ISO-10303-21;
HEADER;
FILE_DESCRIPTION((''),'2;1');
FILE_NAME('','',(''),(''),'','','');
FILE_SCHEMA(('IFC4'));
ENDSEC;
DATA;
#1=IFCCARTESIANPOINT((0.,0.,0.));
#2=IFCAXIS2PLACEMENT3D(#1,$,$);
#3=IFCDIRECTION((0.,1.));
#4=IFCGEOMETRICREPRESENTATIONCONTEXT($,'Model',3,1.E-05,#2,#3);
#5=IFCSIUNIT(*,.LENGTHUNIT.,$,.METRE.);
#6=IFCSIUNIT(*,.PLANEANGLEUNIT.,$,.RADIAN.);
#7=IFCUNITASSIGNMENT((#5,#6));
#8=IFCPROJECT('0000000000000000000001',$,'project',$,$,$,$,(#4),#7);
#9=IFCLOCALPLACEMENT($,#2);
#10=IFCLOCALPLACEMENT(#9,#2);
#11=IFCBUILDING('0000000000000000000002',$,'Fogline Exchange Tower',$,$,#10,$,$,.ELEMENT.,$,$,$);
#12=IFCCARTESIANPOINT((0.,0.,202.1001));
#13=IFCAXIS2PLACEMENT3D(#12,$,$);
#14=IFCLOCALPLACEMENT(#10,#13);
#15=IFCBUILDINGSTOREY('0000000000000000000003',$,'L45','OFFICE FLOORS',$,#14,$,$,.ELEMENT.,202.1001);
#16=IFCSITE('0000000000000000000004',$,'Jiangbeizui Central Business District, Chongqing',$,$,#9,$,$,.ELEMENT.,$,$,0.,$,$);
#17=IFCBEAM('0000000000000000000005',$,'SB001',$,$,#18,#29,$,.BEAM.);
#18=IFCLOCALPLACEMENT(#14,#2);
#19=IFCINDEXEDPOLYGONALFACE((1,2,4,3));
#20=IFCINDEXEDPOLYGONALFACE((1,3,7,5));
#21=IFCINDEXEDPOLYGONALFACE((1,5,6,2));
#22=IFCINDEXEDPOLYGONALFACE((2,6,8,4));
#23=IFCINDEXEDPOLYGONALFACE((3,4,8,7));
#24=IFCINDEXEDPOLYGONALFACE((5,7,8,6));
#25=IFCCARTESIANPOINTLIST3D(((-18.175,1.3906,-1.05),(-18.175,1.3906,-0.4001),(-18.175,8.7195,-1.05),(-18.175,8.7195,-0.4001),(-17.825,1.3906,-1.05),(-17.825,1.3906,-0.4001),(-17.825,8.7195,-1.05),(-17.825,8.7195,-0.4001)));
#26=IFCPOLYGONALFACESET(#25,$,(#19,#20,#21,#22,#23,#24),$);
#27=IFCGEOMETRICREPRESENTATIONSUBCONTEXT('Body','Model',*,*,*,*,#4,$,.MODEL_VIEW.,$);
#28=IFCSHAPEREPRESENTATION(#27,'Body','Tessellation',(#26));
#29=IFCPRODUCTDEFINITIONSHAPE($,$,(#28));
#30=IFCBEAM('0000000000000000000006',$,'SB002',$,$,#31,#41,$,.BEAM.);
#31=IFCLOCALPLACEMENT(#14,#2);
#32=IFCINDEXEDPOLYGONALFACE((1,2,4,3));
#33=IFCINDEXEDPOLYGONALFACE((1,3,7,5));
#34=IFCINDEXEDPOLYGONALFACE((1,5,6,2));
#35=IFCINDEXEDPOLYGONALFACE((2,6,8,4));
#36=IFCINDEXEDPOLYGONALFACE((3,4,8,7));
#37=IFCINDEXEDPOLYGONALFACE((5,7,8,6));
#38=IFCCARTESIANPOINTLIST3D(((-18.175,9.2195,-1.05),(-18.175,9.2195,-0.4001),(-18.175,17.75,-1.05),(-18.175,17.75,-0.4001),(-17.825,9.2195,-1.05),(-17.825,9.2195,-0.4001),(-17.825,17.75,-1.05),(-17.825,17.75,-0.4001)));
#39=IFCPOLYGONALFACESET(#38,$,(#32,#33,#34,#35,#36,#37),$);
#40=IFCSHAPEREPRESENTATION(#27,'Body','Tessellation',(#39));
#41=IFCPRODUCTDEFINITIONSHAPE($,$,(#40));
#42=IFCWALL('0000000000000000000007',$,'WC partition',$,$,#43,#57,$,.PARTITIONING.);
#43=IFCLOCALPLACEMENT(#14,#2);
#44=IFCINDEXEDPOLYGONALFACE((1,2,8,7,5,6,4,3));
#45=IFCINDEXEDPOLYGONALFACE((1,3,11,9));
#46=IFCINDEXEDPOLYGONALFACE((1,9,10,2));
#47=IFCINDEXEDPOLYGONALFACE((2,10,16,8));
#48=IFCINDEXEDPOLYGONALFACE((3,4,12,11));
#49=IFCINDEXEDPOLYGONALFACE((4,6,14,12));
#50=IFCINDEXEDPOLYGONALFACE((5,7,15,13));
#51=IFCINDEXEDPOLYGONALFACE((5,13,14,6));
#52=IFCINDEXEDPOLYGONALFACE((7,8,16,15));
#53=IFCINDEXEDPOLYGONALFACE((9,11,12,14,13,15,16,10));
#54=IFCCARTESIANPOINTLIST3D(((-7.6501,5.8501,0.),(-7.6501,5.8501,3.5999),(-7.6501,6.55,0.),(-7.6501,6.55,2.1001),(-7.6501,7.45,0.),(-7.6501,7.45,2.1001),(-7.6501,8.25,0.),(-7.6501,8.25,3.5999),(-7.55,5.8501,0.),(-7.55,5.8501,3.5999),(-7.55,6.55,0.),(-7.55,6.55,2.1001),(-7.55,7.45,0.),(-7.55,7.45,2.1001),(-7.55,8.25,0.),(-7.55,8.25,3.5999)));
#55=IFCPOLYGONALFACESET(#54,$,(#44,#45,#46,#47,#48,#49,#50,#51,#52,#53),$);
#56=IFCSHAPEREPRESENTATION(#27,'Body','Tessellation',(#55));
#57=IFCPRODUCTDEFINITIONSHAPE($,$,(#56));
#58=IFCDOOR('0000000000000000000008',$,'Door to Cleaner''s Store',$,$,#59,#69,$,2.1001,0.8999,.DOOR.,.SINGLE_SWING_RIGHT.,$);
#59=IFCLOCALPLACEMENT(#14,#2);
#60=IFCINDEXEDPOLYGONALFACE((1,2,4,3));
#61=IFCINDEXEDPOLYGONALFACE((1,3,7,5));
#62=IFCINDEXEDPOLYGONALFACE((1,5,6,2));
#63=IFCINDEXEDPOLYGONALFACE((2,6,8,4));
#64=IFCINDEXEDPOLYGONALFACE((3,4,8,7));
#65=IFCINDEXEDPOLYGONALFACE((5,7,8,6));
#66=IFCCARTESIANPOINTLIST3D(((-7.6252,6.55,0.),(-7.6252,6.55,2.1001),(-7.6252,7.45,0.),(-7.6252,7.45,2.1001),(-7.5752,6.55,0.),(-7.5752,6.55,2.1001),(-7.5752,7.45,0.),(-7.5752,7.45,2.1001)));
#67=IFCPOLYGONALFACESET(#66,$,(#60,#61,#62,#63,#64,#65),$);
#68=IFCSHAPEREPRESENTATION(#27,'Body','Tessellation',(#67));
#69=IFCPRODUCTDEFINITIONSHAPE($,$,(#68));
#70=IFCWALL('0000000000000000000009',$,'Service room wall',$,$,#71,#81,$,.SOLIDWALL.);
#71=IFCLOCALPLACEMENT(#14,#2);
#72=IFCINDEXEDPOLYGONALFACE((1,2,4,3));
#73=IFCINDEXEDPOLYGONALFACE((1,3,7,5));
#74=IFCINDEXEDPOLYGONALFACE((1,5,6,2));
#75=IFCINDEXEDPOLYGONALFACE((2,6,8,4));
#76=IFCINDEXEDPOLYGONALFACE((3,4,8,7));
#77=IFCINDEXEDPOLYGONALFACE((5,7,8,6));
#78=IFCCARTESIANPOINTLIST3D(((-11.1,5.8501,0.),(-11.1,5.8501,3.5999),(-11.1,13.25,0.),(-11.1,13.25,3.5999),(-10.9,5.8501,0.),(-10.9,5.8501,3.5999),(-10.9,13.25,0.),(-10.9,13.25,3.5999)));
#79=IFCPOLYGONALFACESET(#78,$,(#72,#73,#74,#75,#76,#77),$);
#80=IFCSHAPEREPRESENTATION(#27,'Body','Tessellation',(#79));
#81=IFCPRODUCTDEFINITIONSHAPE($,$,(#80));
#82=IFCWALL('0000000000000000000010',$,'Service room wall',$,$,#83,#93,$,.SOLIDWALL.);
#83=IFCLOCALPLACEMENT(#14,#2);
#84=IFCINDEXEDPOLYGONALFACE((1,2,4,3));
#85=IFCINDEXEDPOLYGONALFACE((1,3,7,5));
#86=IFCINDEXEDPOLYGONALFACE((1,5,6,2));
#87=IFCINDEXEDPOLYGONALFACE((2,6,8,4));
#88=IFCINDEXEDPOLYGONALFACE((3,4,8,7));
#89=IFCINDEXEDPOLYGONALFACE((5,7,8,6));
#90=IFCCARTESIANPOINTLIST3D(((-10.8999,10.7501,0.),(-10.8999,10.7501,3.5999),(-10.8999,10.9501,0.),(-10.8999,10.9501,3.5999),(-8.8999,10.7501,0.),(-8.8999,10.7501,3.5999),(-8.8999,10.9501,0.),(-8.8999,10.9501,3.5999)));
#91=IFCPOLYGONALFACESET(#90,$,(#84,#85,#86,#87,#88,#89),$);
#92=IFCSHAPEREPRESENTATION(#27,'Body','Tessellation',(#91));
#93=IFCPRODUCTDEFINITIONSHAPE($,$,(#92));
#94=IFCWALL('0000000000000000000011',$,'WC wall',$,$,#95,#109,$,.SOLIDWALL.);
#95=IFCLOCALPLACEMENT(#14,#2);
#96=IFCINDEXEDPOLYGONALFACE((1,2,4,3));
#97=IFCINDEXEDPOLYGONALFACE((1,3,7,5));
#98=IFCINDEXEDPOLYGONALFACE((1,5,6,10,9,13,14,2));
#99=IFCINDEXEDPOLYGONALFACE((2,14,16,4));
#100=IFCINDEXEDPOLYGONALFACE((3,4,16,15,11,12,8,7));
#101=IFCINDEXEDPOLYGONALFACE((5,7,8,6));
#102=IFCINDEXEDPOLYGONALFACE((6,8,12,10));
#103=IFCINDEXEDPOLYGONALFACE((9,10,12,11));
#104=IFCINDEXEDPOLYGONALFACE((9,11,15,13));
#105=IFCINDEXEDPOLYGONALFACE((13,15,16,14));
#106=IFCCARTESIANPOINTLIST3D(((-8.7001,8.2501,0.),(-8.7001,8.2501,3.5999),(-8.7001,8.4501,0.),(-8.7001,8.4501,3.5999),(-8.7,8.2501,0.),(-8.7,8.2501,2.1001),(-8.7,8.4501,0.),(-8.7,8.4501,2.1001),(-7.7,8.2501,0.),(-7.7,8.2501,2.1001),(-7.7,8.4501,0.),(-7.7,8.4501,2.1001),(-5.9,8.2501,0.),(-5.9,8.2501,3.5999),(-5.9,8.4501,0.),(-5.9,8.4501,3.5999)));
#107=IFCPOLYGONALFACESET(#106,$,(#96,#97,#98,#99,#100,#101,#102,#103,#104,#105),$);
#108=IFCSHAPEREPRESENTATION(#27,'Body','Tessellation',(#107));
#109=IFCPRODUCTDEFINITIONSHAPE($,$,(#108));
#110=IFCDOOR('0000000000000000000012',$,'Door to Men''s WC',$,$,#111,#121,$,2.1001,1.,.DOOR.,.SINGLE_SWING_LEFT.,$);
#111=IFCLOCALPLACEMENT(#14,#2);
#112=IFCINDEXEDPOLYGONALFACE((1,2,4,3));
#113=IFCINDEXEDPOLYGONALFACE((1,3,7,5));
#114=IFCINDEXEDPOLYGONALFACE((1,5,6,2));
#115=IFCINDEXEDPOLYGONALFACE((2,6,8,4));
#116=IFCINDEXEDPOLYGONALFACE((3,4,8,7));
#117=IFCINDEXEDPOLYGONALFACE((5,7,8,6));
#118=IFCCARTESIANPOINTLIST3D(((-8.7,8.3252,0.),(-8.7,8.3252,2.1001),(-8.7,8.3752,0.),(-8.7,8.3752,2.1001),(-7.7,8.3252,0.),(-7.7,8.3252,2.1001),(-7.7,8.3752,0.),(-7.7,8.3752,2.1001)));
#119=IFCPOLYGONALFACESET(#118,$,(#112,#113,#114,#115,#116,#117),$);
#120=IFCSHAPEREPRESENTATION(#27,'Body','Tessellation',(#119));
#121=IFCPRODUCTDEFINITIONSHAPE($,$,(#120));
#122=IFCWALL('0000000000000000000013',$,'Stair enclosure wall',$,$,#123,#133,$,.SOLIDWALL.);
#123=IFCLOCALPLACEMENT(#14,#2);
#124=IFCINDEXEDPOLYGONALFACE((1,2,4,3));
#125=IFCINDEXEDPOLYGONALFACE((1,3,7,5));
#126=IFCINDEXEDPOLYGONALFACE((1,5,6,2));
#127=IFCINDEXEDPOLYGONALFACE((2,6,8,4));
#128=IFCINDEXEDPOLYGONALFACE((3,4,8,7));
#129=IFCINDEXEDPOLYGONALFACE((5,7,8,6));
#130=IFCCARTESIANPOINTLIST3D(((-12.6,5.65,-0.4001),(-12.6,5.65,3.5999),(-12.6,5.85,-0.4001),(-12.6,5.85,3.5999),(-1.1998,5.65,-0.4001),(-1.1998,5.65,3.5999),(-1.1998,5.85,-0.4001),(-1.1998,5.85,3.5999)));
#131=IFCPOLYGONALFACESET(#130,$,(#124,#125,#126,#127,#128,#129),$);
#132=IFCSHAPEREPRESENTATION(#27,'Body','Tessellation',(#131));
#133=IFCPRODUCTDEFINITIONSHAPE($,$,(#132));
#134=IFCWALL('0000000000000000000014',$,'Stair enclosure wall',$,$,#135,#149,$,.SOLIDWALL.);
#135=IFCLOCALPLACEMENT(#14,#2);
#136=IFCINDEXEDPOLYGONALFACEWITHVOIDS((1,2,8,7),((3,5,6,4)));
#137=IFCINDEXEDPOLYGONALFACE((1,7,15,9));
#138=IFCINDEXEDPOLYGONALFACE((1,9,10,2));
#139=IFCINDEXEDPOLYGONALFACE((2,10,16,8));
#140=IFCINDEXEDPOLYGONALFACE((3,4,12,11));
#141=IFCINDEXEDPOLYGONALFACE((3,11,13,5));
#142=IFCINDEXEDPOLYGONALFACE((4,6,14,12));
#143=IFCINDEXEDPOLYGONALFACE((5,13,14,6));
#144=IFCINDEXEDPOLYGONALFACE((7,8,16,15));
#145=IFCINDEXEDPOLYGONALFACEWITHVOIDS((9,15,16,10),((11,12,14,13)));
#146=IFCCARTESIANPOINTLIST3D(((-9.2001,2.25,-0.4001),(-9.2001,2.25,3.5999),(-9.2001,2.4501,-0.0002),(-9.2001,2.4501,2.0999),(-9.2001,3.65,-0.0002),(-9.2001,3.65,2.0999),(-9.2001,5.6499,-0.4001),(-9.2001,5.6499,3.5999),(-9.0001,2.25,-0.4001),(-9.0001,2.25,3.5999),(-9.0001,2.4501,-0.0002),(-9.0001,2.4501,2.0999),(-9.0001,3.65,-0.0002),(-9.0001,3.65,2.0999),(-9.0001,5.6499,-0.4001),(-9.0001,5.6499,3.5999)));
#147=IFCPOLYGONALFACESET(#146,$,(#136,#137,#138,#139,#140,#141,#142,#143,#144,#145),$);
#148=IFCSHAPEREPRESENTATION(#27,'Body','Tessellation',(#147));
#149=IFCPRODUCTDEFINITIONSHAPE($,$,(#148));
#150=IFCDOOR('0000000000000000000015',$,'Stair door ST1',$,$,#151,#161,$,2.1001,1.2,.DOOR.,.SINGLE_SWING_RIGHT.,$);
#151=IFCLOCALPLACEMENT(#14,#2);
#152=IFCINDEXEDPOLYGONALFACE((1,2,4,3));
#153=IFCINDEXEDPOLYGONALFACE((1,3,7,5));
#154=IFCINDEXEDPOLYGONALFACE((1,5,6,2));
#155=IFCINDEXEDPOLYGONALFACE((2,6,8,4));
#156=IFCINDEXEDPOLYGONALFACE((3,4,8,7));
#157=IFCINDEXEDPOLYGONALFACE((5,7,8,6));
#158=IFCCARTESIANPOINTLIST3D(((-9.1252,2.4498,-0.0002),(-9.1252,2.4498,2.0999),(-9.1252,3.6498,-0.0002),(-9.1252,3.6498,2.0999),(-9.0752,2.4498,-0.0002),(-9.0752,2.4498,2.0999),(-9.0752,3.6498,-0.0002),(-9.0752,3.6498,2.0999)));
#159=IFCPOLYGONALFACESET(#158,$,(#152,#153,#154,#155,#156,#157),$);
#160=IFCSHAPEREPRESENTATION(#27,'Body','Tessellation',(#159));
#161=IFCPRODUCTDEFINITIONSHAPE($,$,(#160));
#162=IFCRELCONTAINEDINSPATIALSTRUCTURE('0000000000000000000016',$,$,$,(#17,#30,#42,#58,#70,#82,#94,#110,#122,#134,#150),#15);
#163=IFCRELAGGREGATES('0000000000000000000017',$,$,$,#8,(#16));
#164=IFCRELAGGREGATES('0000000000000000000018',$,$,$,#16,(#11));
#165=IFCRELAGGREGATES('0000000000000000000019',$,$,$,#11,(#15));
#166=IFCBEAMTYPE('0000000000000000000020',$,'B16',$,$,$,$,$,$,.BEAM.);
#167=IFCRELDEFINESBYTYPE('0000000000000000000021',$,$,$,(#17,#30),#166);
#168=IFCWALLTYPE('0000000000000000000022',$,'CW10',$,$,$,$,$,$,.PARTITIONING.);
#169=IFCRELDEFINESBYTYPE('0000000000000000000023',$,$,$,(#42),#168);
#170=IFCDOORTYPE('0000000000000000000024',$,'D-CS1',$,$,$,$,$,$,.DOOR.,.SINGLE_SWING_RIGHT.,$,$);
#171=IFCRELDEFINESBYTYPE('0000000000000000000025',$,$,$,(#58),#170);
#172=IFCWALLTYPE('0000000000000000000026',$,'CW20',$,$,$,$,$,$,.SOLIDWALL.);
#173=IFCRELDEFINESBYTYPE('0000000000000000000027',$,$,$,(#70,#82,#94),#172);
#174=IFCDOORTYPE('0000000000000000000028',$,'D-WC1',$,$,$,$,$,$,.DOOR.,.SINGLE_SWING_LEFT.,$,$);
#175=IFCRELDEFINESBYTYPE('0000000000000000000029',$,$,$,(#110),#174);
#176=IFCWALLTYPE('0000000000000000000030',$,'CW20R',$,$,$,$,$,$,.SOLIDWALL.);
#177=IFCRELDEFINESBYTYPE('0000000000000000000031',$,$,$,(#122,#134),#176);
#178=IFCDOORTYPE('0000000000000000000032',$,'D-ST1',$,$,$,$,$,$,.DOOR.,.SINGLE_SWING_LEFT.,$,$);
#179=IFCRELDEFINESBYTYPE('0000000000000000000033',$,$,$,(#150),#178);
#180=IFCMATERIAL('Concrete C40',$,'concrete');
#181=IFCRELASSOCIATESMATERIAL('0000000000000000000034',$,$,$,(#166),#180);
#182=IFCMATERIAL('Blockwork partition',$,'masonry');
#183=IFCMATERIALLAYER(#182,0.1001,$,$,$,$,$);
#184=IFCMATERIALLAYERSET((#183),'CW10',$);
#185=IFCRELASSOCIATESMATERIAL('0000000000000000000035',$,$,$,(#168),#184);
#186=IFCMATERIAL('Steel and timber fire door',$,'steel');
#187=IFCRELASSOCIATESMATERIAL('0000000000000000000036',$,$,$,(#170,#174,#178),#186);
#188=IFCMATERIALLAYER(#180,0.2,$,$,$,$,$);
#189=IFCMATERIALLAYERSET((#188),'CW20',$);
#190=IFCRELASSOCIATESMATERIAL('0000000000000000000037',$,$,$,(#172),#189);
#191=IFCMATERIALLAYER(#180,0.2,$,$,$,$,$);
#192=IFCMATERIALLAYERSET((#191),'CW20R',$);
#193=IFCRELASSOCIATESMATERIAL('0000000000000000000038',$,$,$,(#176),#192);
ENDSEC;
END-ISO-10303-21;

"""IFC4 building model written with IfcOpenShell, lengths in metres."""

from ifc_helpers import new_model, si_unit, direction, frame, frame_2d, origin, origin_2d, place, context, subcontext, project, spatial, rectangle, extrude, material, layer, layer_set, material_profile, profile_set, type_object, element, fill, save


model = new_model("IFC4")

# Units and contexts
model_context = context("Model", 3, precision=1e-05, world=origin(), true_north=direction((0.0, 1.0)))
body_context = subcontext(model_context, "Body", "Model", "MODEL_VIEW")
ifc_project = project(units=[si_unit("LENGTHUNIT", "METRE"), si_unit("PLANEANGLEUNIT", "RADIAN")], contexts=[model_context])

# Site, building, storey
site_placement = place(None, origin())
site = spatial("IfcSite", under=ifc_project, at=site_placement, Name="Jiangbeizui Central Business District, Chongqing", CompositionType="ELEMENT", RefElevation=0.0)
building_placement = place(site_placement, origin())
building = spatial("IfcBuilding", under=site, at=building_placement, Name="Fogline Exchange Tower", CompositionType="ELEMENT")
storey_placement = place(building_placement, frame((0.0, 0.0, 202.1001)))
storey = spatial("IfcBuildingStorey", under=building, at=storey_placement, Name="L45", Description="OFFICE FLOORS", CompositionType="ELEMENT", Elevation=202.1001)

# Beams
ifc_material_1 = material(Name="Concrete C40", Category="concrete")
ifc_material_profile = material_profile(ifc_material_1, rectangle(XDim=0.3501, YDim=0.6499, at=origin_2d()), Name="RC 350x650")
ifc_profile_set = profile_set([ifc_material_profile], Name="Concrete C40")
beam_type = type_object("IfcBeamType", Name="B16", PredefinedType="BEAM", material=ifc_profile_set)
beam_1_placement = place(storey_placement, frame((-18.0, 1.3906, -0.7251), z_axis=(0.0, 1.0, 0.0), x_axis=(-1.0, 0.0, 0.0)))
element("IfcBeam", 1, at=beam_1_placement, inside=storey, type_object=beam_type, Name="SB001", PredefinedType="BEAM", context=body_context, shape_type="SweptSolid", body=[
    extrude(rectangle(XDim=0.3501, YDim=0.6499, at=origin_2d()), origin(), (0.0, 0.0, 1.0), 7.3289),
])
beam_2_placement = place(storey_placement, frame((-18.0, 9.2195, -0.7251), z_axis=(0.0, 1.0, 0.0), x_axis=(-1.0, 0.0, 0.0)))
element("IfcBeam", 2, at=beam_2_placement, inside=storey, type_object=beam_type, Name="SB002", PredefinedType="BEAM", context=body_context, shape_type="SweptSolid", body=[
    extrude(rectangle(XDim=0.3501, YDim=0.6499, at=origin_2d()), origin(), (0.0, 0.0, 1.0), 8.5305),
])

# Wall, opening, door
ifc_material_2 = material(Name="Blockwork partition", Category="masonry")
ifc_layer_1 = layer(ifc_material_2, 0.1001)
ifc_layer_set_1 = layer_set([ifc_layer_1], Name="CW10")
wall_type_1 = type_object("IfcWallType", Name="CW10", PredefinedType="PARTITIONING", material=ifc_layer_set_1)
wall_1_placement = place(storey_placement, frame((-7.6001, 5.8501, 0.0), z_axis=(0.0, 0.0, 1.0), x_axis=(0.0, 1.0, 0.0)))
wall_1 = element("IfcWall", 3, at=wall_1_placement, inside=storey, type_object=wall_type_1, Name="WC partition", PredefinedType="PARTITIONING", context=body_context, shape_type="SweptSolid", body=[
    extrude(rectangle(XDim=2.3999, YDim=0.1001, at=frame_2d((1.2, 0.0))), origin(), (0.0, 0.0, 1.0), 3.5999),
])
opening_1_placement = place(wall_1_placement, frame((0.7, 0.0, 0.0)))
opening_1 = element("IfcOpeningElement", 4, at=opening_1_placement, cuts=wall_1, PredefinedType="OPENING", context=body_context, shape_type="SweptSolid", body=[
    extrude(rectangle(XDim=0.8999, YDim=2.1001, at=frame_2d((0.45, 1.05))), frame((0.0, 0.0601, 0.0), z_axis=(0.0, -1.0, 0.0), x_axis=(1.0, 0.0, 0.0)), (0.0, 0.0, 1.0), 0.1201),
])
ifc_material_3 = material(Name="Steel and timber fire door", Category="steel")
door_type_1 = type_object("IfcDoorType", Name="D-CS1", OperationType="SINGLE_SWING_RIGHT", PredefinedType="DOOR", material=ifc_material_3)
door_1_placement = place(opening_1_placement, frame((0.8999, 0.0, 0.0), z_axis=(0.0, 0.0, 1.0), x_axis=(-1.0, 0.0, 0.0)))
door_1 = element("IfcDoor", 5, at=door_1_placement, inside=storey, type_object=door_type_1, Name="Door to Cleaner's Store", OperationType="SINGLE_SWING_RIGHT", OverallHeight=2.1001, OverallWidth=0.8999, PredefinedType="DOOR", context=body_context, shape_type="SweptSolid", body=[
    extrude(rectangle(XDim=0.8999, YDim=2.1001, at=frame_2d((0.45, 1.05))), frame((0.0, 0.0249, 0.0), z_axis=(0.0, -1.0, 0.0), x_axis=(1.0, 0.0, 0.0)), (0.0, 0.0, 1.0), 0.05),
])
fill(opening_1, door_1)

# Walls
ifc_layer_2 = layer(ifc_material_1, 0.2)
ifc_layer_set_2 = layer_set([ifc_layer_2], Name="CW20")
wall_type_2 = type_object("IfcWallType", Name="CW20", PredefinedType="SOLIDWALL", material=ifc_layer_set_2)
wall_2_placement = place(storey_placement, frame((-11.0, 5.8501, 0.0), z_axis=(0.0, 0.0, 1.0), x_axis=(0.0, 1.0, 0.0)))
element("IfcWall", 6, at=wall_2_placement, inside=storey, type_object=wall_type_2, Name="Service room wall", PredefinedType="SOLIDWALL", context=body_context, shape_type="SweptSolid", body=[
    extrude(rectangle(XDim=7.3999, YDim=0.2, at=frame_2d((3.7, 0.0))), origin(), (0.0, 0.0, 1.0), 3.5999),
])
wall_3_placement = place(storey_placement, frame((-10.8999, 10.8501, 0.0), z_axis=(0.0, 0.0, 1.0), x_axis=(1.0, 0.0, 0.0)))
element("IfcWall", 7, at=wall_3_placement, inside=storey, type_object=wall_type_2, Name="Service room wall", PredefinedType="SOLIDWALL", context=body_context, shape_type="SweptSolid", body=[
    extrude(rectangle(XDim=2.0, YDim=0.2, at=frame_2d((1.0, 0.0))), origin(), (0.0, 0.0, 1.0), 3.5999),
])

# Wall, opening, door
wall_4_placement = place(storey_placement, frame((-8.7, 8.3501, 0.0), z_axis=(0.0, 0.0, 1.0), x_axis=(1.0, 0.0, 0.0)))
wall_4 = element("IfcWall", 8, at=wall_4_placement, inside=storey, type_object=wall_type_2, Name="WC wall", PredefinedType="SOLIDWALL", context=body_context, shape_type="SweptSolid", body=[
    extrude(rectangle(XDim=2.8, YDim=0.2, at=frame_2d((1.3999, 0.0))), origin(), (0.0, 0.0, 1.0), 3.5999),
])
opening_2_placement = place(wall_4_placement, origin())
opening_2 = element("IfcOpeningElement", 9, at=opening_2_placement, cuts=wall_4, PredefinedType="OPENING", context=body_context, shape_type="SweptSolid", body=[
    extrude(rectangle(XDim=1.0, YDim=2.1001, at=frame_2d((0.5, 1.05))), frame((0.0, 0.1099, 0.0), z_axis=(0.0, -1.0, 0.0), x_axis=(1.0, 0.0, 0.0)), (0.0, 0.0, 1.0), 0.22),
])
door_type_2 = type_object("IfcDoorType", Name="D-WC1", OperationType="SINGLE_SWING_LEFT", PredefinedType="DOOR", material=ifc_material_3)
door_2_placement = place(opening_2_placement, frame((1.0, 0.0, 0.0), z_axis=(0.0, 0.0, 1.0), x_axis=(-1.0, 0.0, 0.0)))
door_2 = element("IfcDoor", 10, at=door_2_placement, inside=storey, type_object=door_type_2, Name="Door to Men's WC", OperationType="SINGLE_SWING_LEFT", OverallHeight=2.1001, OverallWidth=1.0, PredefinedType="DOOR", context=body_context, shape_type="SweptSolid", body=[
    extrude(rectangle(XDim=1.0, YDim=2.1001, at=frame_2d((0.5, 1.05))), frame((0.0, 0.0249, 0.0), z_axis=(0.0, -1.0, 0.0), x_axis=(1.0, 0.0, 0.0)), (0.0, 0.0, 1.0), 0.05),
])
fill(opening_2, door_2)

# Wall
ifc_layer_3 = layer(ifc_material_1, 0.2)
ifc_layer_set_3 = layer_set([ifc_layer_3], Name="CW20R")
wall_type_3 = type_object("IfcWallType", Name="CW20R", PredefinedType="SOLIDWALL", material=ifc_layer_set_3)
wall_5_placement = place(storey_placement, frame((-12.6001, 5.75, -0.4001), z_axis=(0.0, 0.0, 1.0), x_axis=(1.0, 0.0, 0.0)))
element("IfcWall", 11, at=wall_5_placement, inside=storey, type_object=wall_type_3, Name="Stair enclosure wall", PredefinedType="SOLIDWALL", context=body_context, shape_type="SweptSolid", body=[
    extrude(rectangle(XDim=11.4001, YDim=0.2, at=frame_2d((5.7002, 0.0))), origin(), (0.0, 0.0, 1.0), 4.0),
])

# Wall, opening, door
wall_6_placement = place(storey_placement, frame((-9.1001, 2.25, -0.4001), z_axis=(0.0, 0.0, 1.0), x_axis=(0.0, 1.0, 0.0)))
wall_6 = element("IfcWall", 12, at=wall_6_placement, inside=storey, type_object=wall_type_3, Name="Stair enclosure wall", PredefinedType="SOLIDWALL", context=body_context, shape_type="SweptSolid", body=[
    extrude(rectangle(XDim=3.3999, YDim=0.2, at=frame_2d((1.7, 0.0))), origin(), (0.0, 0.0, 1.0), 4.0),
])
opening_3_placement = place(wall_6_placement, frame((0.2, 0.0, 0.3999)))
opening_3 = element("IfcOpeningElement", 13, at=opening_3_placement, cuts=wall_6, PredefinedType="OPENING", context=body_context, shape_type="SweptSolid", body=[
    extrude(rectangle(XDim=1.2, YDim=2.1001, at=frame_2d((0.6001, 1.05))), frame((0.0, 0.1099, 0.0), z_axis=(0.0, -1.0, 0.0), x_axis=(1.0, 0.0, 0.0)), (0.0, 0.0, 1.0), 0.22),
])
door_type_3 = type_object("IfcDoorType", Name="D-ST1", OperationType="SINGLE_SWING_LEFT", PredefinedType="DOOR", material=ifc_material_3)
door_3_placement = place(opening_3_placement, frame((1.2, 0.0, 0.0), z_axis=(0.0, 0.0, 1.0), x_axis=(-1.0, 0.0, 0.0)))
door_3 = element("IfcDoor", 14, at=door_3_placement, inside=storey, type_object=door_type_3, Name="Stair door ST1", OperationType="SINGLE_SWING_RIGHT", OverallHeight=2.1001, OverallWidth=1.2, PredefinedType="DOOR", context=body_context, shape_type="SweptSolid", body=[
    extrude(rectangle(XDim=1.2, YDim=2.1001, at=frame_2d((0.6001, 1.05))), frame((0.0, 0.0249, 0.0), z_axis=(0.0, -1.0, 0.0), x_axis=(1.0, 0.0, 0.0)), (0.0, 0.0, 1.0), 0.05),
])
fill(opening_3, door_3)

save(model, "model.ifc")
